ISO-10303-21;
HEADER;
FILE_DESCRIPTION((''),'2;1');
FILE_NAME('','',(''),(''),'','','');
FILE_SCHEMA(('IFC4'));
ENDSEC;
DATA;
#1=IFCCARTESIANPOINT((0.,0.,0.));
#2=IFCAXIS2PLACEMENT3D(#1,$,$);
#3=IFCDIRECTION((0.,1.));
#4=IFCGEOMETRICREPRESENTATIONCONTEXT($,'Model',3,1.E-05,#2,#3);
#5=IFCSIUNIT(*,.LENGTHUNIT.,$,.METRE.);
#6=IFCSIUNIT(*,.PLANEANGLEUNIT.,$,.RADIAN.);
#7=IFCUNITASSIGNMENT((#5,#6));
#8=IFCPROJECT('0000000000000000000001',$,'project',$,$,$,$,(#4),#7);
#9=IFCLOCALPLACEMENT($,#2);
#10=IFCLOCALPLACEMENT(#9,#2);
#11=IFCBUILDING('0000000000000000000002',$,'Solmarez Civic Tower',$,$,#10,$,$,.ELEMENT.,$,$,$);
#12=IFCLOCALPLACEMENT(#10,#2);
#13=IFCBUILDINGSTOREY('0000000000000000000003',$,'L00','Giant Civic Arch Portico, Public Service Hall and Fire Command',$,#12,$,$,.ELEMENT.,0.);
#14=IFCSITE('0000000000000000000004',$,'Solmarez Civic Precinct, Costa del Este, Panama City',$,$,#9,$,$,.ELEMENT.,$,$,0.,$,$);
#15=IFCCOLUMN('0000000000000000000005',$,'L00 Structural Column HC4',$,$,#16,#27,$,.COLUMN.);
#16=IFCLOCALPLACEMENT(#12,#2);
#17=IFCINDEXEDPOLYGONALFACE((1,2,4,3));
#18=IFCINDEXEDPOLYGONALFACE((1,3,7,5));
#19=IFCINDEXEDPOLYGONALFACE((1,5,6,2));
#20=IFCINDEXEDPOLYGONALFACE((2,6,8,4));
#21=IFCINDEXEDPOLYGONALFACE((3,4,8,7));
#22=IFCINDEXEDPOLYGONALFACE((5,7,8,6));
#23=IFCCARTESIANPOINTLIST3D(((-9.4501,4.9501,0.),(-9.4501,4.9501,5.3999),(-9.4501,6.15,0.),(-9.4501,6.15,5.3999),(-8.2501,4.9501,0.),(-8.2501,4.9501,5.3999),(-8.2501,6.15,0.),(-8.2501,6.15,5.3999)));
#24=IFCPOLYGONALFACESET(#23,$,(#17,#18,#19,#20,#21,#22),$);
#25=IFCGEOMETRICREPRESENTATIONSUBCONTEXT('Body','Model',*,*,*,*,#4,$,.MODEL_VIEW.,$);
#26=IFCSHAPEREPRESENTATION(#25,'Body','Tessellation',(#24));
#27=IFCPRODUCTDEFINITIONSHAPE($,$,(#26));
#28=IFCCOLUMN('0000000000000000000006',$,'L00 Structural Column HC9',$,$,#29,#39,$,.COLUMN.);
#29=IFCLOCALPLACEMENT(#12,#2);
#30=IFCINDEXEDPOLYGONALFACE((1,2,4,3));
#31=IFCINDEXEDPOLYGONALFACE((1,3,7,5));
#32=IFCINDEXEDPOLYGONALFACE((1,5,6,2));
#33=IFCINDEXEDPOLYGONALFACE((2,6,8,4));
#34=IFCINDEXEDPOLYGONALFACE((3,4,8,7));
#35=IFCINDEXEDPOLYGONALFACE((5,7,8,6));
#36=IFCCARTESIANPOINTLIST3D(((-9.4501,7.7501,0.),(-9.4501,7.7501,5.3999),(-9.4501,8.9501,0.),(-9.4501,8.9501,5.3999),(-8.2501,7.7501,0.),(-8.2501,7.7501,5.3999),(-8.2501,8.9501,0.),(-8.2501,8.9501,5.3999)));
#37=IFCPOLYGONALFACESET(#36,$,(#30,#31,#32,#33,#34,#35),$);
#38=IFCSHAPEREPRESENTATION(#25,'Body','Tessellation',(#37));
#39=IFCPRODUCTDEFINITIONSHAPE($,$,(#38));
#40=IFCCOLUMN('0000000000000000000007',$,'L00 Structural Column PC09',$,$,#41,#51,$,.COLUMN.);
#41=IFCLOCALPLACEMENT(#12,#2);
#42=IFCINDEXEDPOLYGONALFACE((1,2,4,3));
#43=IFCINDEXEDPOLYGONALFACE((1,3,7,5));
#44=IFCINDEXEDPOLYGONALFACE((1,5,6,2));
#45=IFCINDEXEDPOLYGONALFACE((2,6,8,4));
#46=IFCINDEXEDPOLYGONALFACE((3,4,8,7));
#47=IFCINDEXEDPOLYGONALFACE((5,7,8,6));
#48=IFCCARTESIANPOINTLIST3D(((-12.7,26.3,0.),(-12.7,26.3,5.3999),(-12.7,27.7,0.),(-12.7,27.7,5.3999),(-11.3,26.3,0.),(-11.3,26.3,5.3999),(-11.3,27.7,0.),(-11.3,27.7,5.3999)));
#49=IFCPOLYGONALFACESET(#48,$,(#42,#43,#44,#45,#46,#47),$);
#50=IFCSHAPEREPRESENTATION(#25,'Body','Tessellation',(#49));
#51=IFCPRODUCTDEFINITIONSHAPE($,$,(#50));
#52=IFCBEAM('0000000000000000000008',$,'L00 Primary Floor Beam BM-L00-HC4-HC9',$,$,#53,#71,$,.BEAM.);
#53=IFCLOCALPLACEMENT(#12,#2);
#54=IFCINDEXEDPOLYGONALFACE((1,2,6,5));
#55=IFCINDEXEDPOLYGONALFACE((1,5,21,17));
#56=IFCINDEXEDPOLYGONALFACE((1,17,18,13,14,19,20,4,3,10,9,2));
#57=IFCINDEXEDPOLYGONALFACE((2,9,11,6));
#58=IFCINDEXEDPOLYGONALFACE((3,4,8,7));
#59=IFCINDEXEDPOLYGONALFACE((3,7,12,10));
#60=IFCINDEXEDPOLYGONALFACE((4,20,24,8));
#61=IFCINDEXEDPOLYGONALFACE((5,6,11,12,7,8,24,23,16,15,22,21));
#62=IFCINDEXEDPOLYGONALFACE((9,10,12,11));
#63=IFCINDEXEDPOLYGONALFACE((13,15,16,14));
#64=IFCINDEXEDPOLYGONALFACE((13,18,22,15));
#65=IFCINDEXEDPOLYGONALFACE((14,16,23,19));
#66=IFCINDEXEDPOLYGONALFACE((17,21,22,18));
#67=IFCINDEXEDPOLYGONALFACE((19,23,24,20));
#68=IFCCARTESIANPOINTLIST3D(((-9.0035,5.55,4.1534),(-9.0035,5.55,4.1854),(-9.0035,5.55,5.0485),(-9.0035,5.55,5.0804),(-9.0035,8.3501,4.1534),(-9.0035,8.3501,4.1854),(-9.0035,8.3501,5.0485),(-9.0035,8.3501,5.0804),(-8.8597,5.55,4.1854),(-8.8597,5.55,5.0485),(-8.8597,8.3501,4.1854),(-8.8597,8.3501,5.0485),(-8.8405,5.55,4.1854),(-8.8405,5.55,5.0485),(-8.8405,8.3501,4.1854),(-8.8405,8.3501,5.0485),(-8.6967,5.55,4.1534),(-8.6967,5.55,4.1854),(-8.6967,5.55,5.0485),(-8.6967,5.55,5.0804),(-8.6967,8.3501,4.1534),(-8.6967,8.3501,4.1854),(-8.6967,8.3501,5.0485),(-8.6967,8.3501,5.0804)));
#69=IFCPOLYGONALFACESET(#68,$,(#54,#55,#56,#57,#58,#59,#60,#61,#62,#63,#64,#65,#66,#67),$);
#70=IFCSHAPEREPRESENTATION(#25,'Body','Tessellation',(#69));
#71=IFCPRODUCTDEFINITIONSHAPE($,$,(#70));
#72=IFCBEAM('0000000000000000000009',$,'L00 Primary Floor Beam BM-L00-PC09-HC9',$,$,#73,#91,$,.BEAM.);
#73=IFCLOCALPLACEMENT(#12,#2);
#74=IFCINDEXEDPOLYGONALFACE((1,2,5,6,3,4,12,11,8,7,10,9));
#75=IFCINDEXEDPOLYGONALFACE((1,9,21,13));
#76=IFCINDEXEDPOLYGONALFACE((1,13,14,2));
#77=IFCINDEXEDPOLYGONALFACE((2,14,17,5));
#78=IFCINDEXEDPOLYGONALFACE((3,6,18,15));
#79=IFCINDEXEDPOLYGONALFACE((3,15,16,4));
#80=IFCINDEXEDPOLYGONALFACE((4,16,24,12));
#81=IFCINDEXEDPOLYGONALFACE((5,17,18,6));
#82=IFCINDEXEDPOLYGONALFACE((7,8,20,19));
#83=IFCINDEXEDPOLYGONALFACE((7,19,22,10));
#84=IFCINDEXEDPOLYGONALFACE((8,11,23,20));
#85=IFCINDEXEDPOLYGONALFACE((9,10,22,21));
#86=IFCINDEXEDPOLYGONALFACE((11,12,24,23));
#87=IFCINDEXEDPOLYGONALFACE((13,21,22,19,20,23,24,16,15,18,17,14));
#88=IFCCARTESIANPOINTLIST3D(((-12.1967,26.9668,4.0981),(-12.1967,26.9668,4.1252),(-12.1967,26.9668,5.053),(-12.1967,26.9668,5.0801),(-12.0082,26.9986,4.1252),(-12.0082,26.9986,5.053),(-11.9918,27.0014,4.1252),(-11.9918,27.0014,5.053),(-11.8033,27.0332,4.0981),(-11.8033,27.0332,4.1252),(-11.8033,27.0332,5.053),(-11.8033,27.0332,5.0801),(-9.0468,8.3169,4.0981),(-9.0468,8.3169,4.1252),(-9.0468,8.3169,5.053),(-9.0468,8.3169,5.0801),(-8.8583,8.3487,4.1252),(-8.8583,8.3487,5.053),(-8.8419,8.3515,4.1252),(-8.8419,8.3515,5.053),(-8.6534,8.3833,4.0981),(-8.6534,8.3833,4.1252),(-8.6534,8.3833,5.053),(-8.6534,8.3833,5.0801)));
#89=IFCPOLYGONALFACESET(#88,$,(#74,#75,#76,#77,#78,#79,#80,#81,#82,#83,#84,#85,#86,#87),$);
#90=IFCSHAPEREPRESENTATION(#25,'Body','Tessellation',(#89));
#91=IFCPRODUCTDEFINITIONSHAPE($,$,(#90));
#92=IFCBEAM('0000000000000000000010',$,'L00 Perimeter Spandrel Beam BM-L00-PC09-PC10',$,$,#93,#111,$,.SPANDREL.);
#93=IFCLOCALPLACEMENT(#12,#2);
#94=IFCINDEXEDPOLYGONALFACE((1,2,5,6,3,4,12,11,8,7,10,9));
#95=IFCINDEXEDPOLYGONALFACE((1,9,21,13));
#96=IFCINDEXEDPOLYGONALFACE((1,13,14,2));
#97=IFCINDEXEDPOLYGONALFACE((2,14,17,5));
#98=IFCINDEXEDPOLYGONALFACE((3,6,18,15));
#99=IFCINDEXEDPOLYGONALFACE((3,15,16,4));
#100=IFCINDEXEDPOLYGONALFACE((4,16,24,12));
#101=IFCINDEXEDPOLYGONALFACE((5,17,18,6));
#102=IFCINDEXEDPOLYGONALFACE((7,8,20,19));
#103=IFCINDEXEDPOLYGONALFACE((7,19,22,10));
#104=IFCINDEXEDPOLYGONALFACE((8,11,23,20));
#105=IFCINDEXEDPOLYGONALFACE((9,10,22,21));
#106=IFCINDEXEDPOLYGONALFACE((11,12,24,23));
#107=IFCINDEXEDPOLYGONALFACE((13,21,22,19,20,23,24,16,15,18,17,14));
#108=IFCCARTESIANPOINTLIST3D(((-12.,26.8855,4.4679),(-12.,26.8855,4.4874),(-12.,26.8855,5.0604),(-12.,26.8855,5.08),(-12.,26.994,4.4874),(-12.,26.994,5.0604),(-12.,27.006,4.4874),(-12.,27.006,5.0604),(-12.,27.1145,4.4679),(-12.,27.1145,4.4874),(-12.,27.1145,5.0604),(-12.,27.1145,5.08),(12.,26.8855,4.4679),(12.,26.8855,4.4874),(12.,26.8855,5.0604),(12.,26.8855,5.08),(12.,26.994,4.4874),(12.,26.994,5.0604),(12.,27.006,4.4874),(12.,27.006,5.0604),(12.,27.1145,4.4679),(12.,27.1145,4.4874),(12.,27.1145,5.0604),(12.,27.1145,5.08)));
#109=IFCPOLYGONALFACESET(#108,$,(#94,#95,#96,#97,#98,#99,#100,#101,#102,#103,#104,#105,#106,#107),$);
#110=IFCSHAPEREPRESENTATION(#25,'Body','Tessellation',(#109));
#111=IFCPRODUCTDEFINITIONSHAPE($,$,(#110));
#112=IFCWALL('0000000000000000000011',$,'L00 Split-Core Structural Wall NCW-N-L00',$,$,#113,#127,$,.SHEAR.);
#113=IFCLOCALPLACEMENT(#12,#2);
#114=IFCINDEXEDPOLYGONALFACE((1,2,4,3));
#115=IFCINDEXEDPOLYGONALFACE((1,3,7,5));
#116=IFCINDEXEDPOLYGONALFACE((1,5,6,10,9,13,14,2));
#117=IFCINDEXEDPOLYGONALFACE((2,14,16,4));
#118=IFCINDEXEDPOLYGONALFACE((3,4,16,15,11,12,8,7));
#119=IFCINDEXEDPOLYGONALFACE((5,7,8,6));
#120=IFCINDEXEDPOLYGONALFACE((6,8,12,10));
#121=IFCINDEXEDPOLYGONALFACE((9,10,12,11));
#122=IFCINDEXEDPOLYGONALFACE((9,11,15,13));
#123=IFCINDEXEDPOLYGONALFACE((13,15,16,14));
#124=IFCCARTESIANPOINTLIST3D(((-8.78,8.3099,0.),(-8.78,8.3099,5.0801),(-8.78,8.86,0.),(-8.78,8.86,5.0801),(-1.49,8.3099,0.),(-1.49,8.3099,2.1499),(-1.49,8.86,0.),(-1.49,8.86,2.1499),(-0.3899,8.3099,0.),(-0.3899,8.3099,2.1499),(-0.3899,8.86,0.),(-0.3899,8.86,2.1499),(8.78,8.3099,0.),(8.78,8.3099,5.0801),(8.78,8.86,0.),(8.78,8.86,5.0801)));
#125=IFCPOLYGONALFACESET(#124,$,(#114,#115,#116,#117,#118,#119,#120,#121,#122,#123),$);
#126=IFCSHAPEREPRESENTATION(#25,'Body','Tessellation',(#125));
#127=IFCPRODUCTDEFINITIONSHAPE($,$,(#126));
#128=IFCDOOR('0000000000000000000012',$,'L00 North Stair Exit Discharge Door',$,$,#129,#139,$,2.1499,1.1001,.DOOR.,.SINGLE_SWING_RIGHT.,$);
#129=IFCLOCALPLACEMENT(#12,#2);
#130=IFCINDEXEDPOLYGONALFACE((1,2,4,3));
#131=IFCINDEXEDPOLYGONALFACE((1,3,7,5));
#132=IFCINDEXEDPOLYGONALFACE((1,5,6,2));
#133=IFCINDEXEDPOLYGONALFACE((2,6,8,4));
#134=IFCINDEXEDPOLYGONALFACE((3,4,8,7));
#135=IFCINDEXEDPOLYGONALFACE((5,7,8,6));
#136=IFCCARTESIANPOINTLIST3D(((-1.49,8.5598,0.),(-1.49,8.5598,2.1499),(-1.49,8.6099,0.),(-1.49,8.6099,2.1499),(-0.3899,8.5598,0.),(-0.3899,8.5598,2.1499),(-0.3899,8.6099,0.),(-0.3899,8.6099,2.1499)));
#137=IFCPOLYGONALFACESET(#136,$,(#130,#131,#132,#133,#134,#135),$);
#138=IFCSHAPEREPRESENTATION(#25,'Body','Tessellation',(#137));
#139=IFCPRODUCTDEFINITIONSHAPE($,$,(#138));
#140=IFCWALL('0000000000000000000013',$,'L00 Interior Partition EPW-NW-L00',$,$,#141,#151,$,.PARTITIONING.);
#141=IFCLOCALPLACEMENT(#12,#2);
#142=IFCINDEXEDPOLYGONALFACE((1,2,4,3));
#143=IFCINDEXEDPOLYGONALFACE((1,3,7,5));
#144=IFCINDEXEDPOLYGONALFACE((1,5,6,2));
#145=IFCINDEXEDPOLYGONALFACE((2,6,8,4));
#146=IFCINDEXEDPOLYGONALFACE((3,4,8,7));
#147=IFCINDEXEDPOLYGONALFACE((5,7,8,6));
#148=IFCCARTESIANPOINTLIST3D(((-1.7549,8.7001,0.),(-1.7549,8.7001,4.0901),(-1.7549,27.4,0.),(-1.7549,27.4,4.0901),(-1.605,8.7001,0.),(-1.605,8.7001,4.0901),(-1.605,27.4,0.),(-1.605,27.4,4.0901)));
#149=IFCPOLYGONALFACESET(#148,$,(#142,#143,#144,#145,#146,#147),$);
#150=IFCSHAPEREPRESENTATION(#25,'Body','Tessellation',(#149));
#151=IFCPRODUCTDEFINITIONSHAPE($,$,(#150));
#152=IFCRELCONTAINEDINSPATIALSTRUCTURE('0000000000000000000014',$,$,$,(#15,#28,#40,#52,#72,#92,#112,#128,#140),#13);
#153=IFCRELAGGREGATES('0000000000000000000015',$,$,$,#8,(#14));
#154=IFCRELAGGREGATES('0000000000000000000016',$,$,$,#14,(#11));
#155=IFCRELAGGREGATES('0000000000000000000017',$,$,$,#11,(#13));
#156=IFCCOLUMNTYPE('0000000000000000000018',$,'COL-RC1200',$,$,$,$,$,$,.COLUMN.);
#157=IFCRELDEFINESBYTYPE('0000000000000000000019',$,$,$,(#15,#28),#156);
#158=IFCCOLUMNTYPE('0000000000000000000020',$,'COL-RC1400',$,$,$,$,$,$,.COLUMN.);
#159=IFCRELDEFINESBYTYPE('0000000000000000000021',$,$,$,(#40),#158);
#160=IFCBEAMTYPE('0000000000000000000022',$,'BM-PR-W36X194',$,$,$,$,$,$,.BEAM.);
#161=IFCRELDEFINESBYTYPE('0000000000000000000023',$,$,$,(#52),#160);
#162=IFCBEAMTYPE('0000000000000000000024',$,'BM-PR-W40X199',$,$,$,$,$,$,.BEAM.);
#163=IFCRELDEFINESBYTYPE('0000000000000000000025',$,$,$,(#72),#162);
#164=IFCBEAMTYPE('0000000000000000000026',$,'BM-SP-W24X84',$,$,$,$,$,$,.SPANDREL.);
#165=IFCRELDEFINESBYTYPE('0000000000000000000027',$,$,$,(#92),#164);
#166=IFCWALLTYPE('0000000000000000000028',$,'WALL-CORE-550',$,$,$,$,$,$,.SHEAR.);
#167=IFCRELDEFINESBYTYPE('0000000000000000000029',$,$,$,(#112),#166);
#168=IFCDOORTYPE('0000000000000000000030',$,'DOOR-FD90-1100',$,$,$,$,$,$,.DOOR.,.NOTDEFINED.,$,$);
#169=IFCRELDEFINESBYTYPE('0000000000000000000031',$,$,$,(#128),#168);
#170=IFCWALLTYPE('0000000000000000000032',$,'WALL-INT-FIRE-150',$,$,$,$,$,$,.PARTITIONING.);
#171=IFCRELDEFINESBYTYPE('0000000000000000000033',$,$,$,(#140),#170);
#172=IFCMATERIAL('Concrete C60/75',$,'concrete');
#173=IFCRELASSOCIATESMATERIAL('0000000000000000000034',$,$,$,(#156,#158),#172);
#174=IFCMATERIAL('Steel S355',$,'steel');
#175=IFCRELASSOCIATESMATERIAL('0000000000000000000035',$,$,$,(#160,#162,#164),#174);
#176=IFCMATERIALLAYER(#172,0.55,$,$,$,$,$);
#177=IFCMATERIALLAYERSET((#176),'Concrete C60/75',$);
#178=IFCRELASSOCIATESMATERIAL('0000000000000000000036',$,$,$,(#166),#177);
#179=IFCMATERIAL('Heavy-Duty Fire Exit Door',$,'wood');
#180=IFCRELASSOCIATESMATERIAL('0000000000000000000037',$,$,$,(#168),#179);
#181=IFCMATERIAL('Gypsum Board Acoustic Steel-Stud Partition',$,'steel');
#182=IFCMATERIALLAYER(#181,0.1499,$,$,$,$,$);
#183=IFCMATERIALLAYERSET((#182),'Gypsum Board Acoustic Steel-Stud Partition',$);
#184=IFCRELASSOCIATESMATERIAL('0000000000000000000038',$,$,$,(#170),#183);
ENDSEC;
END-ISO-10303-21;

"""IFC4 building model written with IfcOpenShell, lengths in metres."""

from ifc_helpers import new_model, si_unit, direction, frame, frame_2d, origin, origin_2d, place, context, subcontext, project, spatial, rectangle, i_section, extrude, material, layer, layer_set, material_profile, profile_set, type_object, element, fill, save


model = new_model("IFC4")

# Units and contexts
model_context = context("Model", 3, precision=1e-05, world=origin(), true_north=direction((0.0, 1.0)))
body_context = subcontext(model_context, "Body", "Model", "MODEL_VIEW")
ifc_project = project(units=[si_unit("LENGTHUNIT", "METRE"), si_unit("PLANEANGLEUNIT", "RADIAN")], contexts=[model_context])

# Site, building, storey
site_placement = place(None, origin())
site = spatial("IfcSite", under=ifc_project, at=site_placement, Name="Solmarez Civic Precinct, Costa del Este, Panama City", CompositionType="ELEMENT", RefElevation=0.0)
building_placement = place(site_placement, origin())
building = spatial("IfcBuilding", under=site, at=building_placement, Name="Solmarez Civic Tower", CompositionType="ELEMENT")
storey_placement = place(building_placement, origin())
storey = spatial("IfcBuildingStorey", under=building, at=storey_placement, Name="L00", Description="Giant Civic Arch Portico, Public Service Hall and Fire Command", CompositionType="ELEMENT", Elevation=0.0)

# Columns
ifc_material_1 = material(Name="Concrete C60/75", Category="concrete")
ifc_material_profile_1 = material_profile(ifc_material_1, rectangle(XDim=1.2, YDim=1.2, at=origin_2d()), Name="RC1200X1200")
ifc_profile_set_1 = profile_set([ifc_material_profile_1], Name="Concrete C60/75")
column_type_1 = type_object("IfcColumnType", Name="COL-RC1200", PredefinedType="COLUMN", material=ifc_profile_set_1)
for number, where, z_axis, x_axis, name in (
    (1, (-8.8501, 5.55, 0.0), (0.0, 0.0, 1.0), (1.0, 0.0, 0.0), "L00 Structural Column HC4"),
    (2, (-8.8501, 8.3501, 0.0), (0.0, 0.0, 1.0), (1.0, 0.0, 0.0), "L00 Structural Column HC9"),
):
    element("IfcColumn", number, at=place(storey_placement, frame(where, z_axis=z_axis, x_axis=x_axis)), inside=storey, type_object=column_type_1, Name=name, PredefinedType="COLUMN", context=body_context, shape_type="SweptSolid", body=[
        extrude(rectangle(XDim=1.2, YDim=1.2, at=origin_2d()), origin(), (0.0, 0.0, 1.0), 5.3999),
    ])
ifc_material_profile_2 = material_profile(ifc_material_1, rectangle(XDim=1.3999, YDim=1.3999, at=origin_2d()), Name="RC1400X1400")
ifc_profile_set_2 = profile_set([ifc_material_profile_2], Name="Concrete C60/75")
column_type_2 = type_object("IfcColumnType", Name="COL-RC1400", PredefinedType="COLUMN", material=ifc_profile_set_2)
column_placement = place(storey_placement, frame((-12.0, 27.0, 0.0), z_axis=(0.0, 0.0, 1.0), x_axis=(1.0, 0.0, 0.0)))
element("IfcColumn", 3, at=column_placement, inside=storey, type_object=column_type_2, Name="L00 Structural Column PC09", PredefinedType="COLUMN", context=body_context, shape_type="SweptSolid", body=[
    extrude(rectangle(XDim=1.3999, YDim=1.3999, at=origin_2d()), origin(), (0.0, 0.0, 1.0), 5.3999),
])

# Beams
ifc_material_2 = material(Name="Steel S355", Category="steel")
ifc_material_profile_3 = material_profile(ifc_material_2, i_section(OverallWidth=0.3069, OverallDepth=0.927, WebThickness=0.0193, FlangeThickness=0.032, at=origin_2d()), Name="W36X194")
ifc_profile_set_3 = profile_set([ifc_material_profile_3], Name="Steel S355")
beam_type_1 = type_object("IfcBeamType", Name="BM-PR-W36X194", PredefinedType="BEAM", material=ifc_profile_set_3)
beam_1_placement = place(storey_placement, frame((-8.8501, 5.55, 4.6169), z_axis=(0.0, 1.0, 0.0), x_axis=(-1.0, 0.0, 0.0)))
element("IfcBeam", 4, at=beam_1_placement, inside=storey, type_object=beam_type_1, Name="L00 Primary Floor Beam BM-L00-HC4-HC9", PredefinedType="BEAM", context=body_context, shape_type="SweptSolid", body=[
    extrude(i_section(OverallWidth=0.3069, OverallDepth=0.927, WebThickness=0.0193, FlangeThickness=0.032, at=origin_2d()), origin(), (0.0, 0.0, 1.0), 2.8),
])
ifc_material_profile_4 = material_profile(ifc_material_2, i_section(OverallWidth=0.3989, OverallDepth=0.9819, WebThickness=0.0166, FlangeThickness=0.0271, at=origin_2d()), Name="W40X199")
ifc_profile_set_4 = profile_set([ifc_material_profile_4], Name="Steel S355")
beam_type_2 = type_object("IfcBeamType", Name="BM-PR-W40X199", PredefinedType="BEAM", material=ifc_profile_set_4)
beam_2_placement = place(storey_placement, frame((-12.0, 27.0, 4.5891), z_axis=(0.166538, -0.986035, 0.0), x_axis=(0.986035, 0.166538, 0.0)))
element("IfcBeam", 5, at=beam_2_placement, inside=storey, type_object=beam_type_2, Name="L00 Primary Floor Beam BM-L00-PC09-HC9", PredefinedType="BEAM", context=body_context, shape_type="SweptSolid", body=[
    extrude(i_section(OverallWidth=0.3989, OverallDepth=0.9819, WebThickness=0.0166, FlangeThickness=0.0271, at=origin_2d()), origin(), (0.0, 0.0, 1.0), 18.9141),
])
ifc_material_profile_5 = material_profile(ifc_material_2, i_section(OverallWidth=0.229, OverallDepth=0.6121, WebThickness=0.012, FlangeThickness=0.0195, at=origin_2d()), Name="W24X84")
ifc_profile_set_5 = profile_set([ifc_material_profile_5], Name="Steel S355")
beam_type_3 = type_object("IfcBeamType", Name="BM-SP-W24X84", PredefinedType="SPANDREL", material=ifc_profile_set_5)
beam_3_placement = place(storey_placement, frame((-12.0, 27.0, 4.7739), z_axis=(1.0, 0.0, 0.0), x_axis=(0.0, 1.0, 0.0)))
element("IfcBeam", 6, at=beam_3_placement, inside=storey, type_object=beam_type_3, Name="L00 Perimeter Spandrel Beam BM-L00-PC09-PC10", PredefinedType="SPANDREL", context=body_context, shape_type="SweptSolid", body=[
    extrude(i_section(OverallWidth=0.229, OverallDepth=0.6121, WebThickness=0.012, FlangeThickness=0.0195, at=origin_2d()), origin(), (0.0, 0.0, 1.0), 24.0),
])

# Wall, opening, door
ifc_layer_1 = layer(ifc_material_1, 0.55)
ifc_layer_set_1 = layer_set([ifc_layer_1], Name="Concrete C60/75")
wall_type_1 = type_object("IfcWallType", Name="WALL-CORE-550", PredefinedType="SHEAR", material=ifc_layer_set_1)
wall_1_placement = place(storey_placement, frame((-8.78, 8.585, 0.0), z_axis=(0.0, 0.0, 1.0), x_axis=(1.0, 0.0, 0.0)))
wall_1 = element("IfcWall", 7, at=wall_1_placement, inside=storey, type_object=wall_type_1, Name="L00 Split-Core Structural Wall NCW-N-L00", PredefinedType="SHEAR", context=body_context, shape_type="SweptSolid", body=[
    extrude(rectangle(XDim=17.5601, YDim=0.55, at=frame_2d((8.78, 0.0))), origin(), (0.0, 0.0, 1.0), 5.0801),
])
opening_1_placement = place(wall_1_placement, frame((7.29, 0.0, 0.0)))
opening_1 = element("IfcOpeningElement", 8, at=opening_1_placement, cuts=wall_1, PredefinedType="OPENING", context=body_context, shape_type="SweptSolid", body=[
    extrude(rectangle(XDim=1.1001, YDim=2.1499, at=frame_2d((0.55, 1.075))), frame((0.0, 0.2849, 0.0), z_axis=(0.0, -1.0, 0.0), x_axis=(1.0, 0.0, 0.0)), (0.0, 0.0, 1.0), 0.5701),
])
ifc_material_3 = material(Name="Heavy-Duty Fire Exit Door", Category="wood")
door_type_1 = type_object("IfcDoorType", Name="DOOR-FD90-1100", OperationType="NOTDEFINED", PredefinedType="DOOR", material=ifc_material_3)
door_1_placement = place(opening_1_placement, origin())
door_1 = element("IfcDoor", 9, at=door_1_placement, inside=storey, type_object=door_type_1, Name="L00 North Stair Exit Discharge Door", OperationType="SINGLE_SWING_RIGHT", OverallHeight=2.1499, OverallWidth=1.1001, PredefinedType="DOOR", context=body_context, shape_type="SweptSolid", body=[
    extrude(rectangle(XDim=1.1001, YDim=2.1499, at=frame_2d((0.55, 1.075))), frame((0.0, 0.0249, 0.0), z_axis=(0.0, -1.0, 0.0), x_axis=(1.0, 0.0, 0.0)), (0.0, 0.0, 1.0), 0.05),
])
fill(opening_1, door_1)

# Wall
ifc_material_4 = material(Name="Gypsum Board Acoustic Steel-Stud Partition", Category="steel")
ifc_layer_2 = layer(ifc_material_4, 0.1499)
ifc_layer_set_2 = layer_set([ifc_layer_2], Name="Gypsum Board Acoustic Steel-Stud Partition")
wall_type_2 = type_object("IfcWallType", Name="WALL-INT-FIRE-150", PredefinedType="PARTITIONING", material=ifc_layer_set_2)
wall_2_placement = place(storey_placement, frame((-1.6799, 8.7, 0.0), z_axis=(0.0, 0.0, 1.0), x_axis=(0.0, 1.0, 0.0)))
element("IfcWall", 10, at=wall_2_placement, inside=storey, type_object=wall_type_2, Name="L00 Interior Partition EPW-NW-L00", PredefinedType="PARTITIONING", context=body_context, shape_type="SweptSolid", body=[
    extrude(rectangle(XDim=18.7, YDim=0.1499, at=frame_2d((9.3501, 0.0))), origin(), (0.0, 0.0, 1.0), 4.0901),
])

save(model, "model.ifc")
